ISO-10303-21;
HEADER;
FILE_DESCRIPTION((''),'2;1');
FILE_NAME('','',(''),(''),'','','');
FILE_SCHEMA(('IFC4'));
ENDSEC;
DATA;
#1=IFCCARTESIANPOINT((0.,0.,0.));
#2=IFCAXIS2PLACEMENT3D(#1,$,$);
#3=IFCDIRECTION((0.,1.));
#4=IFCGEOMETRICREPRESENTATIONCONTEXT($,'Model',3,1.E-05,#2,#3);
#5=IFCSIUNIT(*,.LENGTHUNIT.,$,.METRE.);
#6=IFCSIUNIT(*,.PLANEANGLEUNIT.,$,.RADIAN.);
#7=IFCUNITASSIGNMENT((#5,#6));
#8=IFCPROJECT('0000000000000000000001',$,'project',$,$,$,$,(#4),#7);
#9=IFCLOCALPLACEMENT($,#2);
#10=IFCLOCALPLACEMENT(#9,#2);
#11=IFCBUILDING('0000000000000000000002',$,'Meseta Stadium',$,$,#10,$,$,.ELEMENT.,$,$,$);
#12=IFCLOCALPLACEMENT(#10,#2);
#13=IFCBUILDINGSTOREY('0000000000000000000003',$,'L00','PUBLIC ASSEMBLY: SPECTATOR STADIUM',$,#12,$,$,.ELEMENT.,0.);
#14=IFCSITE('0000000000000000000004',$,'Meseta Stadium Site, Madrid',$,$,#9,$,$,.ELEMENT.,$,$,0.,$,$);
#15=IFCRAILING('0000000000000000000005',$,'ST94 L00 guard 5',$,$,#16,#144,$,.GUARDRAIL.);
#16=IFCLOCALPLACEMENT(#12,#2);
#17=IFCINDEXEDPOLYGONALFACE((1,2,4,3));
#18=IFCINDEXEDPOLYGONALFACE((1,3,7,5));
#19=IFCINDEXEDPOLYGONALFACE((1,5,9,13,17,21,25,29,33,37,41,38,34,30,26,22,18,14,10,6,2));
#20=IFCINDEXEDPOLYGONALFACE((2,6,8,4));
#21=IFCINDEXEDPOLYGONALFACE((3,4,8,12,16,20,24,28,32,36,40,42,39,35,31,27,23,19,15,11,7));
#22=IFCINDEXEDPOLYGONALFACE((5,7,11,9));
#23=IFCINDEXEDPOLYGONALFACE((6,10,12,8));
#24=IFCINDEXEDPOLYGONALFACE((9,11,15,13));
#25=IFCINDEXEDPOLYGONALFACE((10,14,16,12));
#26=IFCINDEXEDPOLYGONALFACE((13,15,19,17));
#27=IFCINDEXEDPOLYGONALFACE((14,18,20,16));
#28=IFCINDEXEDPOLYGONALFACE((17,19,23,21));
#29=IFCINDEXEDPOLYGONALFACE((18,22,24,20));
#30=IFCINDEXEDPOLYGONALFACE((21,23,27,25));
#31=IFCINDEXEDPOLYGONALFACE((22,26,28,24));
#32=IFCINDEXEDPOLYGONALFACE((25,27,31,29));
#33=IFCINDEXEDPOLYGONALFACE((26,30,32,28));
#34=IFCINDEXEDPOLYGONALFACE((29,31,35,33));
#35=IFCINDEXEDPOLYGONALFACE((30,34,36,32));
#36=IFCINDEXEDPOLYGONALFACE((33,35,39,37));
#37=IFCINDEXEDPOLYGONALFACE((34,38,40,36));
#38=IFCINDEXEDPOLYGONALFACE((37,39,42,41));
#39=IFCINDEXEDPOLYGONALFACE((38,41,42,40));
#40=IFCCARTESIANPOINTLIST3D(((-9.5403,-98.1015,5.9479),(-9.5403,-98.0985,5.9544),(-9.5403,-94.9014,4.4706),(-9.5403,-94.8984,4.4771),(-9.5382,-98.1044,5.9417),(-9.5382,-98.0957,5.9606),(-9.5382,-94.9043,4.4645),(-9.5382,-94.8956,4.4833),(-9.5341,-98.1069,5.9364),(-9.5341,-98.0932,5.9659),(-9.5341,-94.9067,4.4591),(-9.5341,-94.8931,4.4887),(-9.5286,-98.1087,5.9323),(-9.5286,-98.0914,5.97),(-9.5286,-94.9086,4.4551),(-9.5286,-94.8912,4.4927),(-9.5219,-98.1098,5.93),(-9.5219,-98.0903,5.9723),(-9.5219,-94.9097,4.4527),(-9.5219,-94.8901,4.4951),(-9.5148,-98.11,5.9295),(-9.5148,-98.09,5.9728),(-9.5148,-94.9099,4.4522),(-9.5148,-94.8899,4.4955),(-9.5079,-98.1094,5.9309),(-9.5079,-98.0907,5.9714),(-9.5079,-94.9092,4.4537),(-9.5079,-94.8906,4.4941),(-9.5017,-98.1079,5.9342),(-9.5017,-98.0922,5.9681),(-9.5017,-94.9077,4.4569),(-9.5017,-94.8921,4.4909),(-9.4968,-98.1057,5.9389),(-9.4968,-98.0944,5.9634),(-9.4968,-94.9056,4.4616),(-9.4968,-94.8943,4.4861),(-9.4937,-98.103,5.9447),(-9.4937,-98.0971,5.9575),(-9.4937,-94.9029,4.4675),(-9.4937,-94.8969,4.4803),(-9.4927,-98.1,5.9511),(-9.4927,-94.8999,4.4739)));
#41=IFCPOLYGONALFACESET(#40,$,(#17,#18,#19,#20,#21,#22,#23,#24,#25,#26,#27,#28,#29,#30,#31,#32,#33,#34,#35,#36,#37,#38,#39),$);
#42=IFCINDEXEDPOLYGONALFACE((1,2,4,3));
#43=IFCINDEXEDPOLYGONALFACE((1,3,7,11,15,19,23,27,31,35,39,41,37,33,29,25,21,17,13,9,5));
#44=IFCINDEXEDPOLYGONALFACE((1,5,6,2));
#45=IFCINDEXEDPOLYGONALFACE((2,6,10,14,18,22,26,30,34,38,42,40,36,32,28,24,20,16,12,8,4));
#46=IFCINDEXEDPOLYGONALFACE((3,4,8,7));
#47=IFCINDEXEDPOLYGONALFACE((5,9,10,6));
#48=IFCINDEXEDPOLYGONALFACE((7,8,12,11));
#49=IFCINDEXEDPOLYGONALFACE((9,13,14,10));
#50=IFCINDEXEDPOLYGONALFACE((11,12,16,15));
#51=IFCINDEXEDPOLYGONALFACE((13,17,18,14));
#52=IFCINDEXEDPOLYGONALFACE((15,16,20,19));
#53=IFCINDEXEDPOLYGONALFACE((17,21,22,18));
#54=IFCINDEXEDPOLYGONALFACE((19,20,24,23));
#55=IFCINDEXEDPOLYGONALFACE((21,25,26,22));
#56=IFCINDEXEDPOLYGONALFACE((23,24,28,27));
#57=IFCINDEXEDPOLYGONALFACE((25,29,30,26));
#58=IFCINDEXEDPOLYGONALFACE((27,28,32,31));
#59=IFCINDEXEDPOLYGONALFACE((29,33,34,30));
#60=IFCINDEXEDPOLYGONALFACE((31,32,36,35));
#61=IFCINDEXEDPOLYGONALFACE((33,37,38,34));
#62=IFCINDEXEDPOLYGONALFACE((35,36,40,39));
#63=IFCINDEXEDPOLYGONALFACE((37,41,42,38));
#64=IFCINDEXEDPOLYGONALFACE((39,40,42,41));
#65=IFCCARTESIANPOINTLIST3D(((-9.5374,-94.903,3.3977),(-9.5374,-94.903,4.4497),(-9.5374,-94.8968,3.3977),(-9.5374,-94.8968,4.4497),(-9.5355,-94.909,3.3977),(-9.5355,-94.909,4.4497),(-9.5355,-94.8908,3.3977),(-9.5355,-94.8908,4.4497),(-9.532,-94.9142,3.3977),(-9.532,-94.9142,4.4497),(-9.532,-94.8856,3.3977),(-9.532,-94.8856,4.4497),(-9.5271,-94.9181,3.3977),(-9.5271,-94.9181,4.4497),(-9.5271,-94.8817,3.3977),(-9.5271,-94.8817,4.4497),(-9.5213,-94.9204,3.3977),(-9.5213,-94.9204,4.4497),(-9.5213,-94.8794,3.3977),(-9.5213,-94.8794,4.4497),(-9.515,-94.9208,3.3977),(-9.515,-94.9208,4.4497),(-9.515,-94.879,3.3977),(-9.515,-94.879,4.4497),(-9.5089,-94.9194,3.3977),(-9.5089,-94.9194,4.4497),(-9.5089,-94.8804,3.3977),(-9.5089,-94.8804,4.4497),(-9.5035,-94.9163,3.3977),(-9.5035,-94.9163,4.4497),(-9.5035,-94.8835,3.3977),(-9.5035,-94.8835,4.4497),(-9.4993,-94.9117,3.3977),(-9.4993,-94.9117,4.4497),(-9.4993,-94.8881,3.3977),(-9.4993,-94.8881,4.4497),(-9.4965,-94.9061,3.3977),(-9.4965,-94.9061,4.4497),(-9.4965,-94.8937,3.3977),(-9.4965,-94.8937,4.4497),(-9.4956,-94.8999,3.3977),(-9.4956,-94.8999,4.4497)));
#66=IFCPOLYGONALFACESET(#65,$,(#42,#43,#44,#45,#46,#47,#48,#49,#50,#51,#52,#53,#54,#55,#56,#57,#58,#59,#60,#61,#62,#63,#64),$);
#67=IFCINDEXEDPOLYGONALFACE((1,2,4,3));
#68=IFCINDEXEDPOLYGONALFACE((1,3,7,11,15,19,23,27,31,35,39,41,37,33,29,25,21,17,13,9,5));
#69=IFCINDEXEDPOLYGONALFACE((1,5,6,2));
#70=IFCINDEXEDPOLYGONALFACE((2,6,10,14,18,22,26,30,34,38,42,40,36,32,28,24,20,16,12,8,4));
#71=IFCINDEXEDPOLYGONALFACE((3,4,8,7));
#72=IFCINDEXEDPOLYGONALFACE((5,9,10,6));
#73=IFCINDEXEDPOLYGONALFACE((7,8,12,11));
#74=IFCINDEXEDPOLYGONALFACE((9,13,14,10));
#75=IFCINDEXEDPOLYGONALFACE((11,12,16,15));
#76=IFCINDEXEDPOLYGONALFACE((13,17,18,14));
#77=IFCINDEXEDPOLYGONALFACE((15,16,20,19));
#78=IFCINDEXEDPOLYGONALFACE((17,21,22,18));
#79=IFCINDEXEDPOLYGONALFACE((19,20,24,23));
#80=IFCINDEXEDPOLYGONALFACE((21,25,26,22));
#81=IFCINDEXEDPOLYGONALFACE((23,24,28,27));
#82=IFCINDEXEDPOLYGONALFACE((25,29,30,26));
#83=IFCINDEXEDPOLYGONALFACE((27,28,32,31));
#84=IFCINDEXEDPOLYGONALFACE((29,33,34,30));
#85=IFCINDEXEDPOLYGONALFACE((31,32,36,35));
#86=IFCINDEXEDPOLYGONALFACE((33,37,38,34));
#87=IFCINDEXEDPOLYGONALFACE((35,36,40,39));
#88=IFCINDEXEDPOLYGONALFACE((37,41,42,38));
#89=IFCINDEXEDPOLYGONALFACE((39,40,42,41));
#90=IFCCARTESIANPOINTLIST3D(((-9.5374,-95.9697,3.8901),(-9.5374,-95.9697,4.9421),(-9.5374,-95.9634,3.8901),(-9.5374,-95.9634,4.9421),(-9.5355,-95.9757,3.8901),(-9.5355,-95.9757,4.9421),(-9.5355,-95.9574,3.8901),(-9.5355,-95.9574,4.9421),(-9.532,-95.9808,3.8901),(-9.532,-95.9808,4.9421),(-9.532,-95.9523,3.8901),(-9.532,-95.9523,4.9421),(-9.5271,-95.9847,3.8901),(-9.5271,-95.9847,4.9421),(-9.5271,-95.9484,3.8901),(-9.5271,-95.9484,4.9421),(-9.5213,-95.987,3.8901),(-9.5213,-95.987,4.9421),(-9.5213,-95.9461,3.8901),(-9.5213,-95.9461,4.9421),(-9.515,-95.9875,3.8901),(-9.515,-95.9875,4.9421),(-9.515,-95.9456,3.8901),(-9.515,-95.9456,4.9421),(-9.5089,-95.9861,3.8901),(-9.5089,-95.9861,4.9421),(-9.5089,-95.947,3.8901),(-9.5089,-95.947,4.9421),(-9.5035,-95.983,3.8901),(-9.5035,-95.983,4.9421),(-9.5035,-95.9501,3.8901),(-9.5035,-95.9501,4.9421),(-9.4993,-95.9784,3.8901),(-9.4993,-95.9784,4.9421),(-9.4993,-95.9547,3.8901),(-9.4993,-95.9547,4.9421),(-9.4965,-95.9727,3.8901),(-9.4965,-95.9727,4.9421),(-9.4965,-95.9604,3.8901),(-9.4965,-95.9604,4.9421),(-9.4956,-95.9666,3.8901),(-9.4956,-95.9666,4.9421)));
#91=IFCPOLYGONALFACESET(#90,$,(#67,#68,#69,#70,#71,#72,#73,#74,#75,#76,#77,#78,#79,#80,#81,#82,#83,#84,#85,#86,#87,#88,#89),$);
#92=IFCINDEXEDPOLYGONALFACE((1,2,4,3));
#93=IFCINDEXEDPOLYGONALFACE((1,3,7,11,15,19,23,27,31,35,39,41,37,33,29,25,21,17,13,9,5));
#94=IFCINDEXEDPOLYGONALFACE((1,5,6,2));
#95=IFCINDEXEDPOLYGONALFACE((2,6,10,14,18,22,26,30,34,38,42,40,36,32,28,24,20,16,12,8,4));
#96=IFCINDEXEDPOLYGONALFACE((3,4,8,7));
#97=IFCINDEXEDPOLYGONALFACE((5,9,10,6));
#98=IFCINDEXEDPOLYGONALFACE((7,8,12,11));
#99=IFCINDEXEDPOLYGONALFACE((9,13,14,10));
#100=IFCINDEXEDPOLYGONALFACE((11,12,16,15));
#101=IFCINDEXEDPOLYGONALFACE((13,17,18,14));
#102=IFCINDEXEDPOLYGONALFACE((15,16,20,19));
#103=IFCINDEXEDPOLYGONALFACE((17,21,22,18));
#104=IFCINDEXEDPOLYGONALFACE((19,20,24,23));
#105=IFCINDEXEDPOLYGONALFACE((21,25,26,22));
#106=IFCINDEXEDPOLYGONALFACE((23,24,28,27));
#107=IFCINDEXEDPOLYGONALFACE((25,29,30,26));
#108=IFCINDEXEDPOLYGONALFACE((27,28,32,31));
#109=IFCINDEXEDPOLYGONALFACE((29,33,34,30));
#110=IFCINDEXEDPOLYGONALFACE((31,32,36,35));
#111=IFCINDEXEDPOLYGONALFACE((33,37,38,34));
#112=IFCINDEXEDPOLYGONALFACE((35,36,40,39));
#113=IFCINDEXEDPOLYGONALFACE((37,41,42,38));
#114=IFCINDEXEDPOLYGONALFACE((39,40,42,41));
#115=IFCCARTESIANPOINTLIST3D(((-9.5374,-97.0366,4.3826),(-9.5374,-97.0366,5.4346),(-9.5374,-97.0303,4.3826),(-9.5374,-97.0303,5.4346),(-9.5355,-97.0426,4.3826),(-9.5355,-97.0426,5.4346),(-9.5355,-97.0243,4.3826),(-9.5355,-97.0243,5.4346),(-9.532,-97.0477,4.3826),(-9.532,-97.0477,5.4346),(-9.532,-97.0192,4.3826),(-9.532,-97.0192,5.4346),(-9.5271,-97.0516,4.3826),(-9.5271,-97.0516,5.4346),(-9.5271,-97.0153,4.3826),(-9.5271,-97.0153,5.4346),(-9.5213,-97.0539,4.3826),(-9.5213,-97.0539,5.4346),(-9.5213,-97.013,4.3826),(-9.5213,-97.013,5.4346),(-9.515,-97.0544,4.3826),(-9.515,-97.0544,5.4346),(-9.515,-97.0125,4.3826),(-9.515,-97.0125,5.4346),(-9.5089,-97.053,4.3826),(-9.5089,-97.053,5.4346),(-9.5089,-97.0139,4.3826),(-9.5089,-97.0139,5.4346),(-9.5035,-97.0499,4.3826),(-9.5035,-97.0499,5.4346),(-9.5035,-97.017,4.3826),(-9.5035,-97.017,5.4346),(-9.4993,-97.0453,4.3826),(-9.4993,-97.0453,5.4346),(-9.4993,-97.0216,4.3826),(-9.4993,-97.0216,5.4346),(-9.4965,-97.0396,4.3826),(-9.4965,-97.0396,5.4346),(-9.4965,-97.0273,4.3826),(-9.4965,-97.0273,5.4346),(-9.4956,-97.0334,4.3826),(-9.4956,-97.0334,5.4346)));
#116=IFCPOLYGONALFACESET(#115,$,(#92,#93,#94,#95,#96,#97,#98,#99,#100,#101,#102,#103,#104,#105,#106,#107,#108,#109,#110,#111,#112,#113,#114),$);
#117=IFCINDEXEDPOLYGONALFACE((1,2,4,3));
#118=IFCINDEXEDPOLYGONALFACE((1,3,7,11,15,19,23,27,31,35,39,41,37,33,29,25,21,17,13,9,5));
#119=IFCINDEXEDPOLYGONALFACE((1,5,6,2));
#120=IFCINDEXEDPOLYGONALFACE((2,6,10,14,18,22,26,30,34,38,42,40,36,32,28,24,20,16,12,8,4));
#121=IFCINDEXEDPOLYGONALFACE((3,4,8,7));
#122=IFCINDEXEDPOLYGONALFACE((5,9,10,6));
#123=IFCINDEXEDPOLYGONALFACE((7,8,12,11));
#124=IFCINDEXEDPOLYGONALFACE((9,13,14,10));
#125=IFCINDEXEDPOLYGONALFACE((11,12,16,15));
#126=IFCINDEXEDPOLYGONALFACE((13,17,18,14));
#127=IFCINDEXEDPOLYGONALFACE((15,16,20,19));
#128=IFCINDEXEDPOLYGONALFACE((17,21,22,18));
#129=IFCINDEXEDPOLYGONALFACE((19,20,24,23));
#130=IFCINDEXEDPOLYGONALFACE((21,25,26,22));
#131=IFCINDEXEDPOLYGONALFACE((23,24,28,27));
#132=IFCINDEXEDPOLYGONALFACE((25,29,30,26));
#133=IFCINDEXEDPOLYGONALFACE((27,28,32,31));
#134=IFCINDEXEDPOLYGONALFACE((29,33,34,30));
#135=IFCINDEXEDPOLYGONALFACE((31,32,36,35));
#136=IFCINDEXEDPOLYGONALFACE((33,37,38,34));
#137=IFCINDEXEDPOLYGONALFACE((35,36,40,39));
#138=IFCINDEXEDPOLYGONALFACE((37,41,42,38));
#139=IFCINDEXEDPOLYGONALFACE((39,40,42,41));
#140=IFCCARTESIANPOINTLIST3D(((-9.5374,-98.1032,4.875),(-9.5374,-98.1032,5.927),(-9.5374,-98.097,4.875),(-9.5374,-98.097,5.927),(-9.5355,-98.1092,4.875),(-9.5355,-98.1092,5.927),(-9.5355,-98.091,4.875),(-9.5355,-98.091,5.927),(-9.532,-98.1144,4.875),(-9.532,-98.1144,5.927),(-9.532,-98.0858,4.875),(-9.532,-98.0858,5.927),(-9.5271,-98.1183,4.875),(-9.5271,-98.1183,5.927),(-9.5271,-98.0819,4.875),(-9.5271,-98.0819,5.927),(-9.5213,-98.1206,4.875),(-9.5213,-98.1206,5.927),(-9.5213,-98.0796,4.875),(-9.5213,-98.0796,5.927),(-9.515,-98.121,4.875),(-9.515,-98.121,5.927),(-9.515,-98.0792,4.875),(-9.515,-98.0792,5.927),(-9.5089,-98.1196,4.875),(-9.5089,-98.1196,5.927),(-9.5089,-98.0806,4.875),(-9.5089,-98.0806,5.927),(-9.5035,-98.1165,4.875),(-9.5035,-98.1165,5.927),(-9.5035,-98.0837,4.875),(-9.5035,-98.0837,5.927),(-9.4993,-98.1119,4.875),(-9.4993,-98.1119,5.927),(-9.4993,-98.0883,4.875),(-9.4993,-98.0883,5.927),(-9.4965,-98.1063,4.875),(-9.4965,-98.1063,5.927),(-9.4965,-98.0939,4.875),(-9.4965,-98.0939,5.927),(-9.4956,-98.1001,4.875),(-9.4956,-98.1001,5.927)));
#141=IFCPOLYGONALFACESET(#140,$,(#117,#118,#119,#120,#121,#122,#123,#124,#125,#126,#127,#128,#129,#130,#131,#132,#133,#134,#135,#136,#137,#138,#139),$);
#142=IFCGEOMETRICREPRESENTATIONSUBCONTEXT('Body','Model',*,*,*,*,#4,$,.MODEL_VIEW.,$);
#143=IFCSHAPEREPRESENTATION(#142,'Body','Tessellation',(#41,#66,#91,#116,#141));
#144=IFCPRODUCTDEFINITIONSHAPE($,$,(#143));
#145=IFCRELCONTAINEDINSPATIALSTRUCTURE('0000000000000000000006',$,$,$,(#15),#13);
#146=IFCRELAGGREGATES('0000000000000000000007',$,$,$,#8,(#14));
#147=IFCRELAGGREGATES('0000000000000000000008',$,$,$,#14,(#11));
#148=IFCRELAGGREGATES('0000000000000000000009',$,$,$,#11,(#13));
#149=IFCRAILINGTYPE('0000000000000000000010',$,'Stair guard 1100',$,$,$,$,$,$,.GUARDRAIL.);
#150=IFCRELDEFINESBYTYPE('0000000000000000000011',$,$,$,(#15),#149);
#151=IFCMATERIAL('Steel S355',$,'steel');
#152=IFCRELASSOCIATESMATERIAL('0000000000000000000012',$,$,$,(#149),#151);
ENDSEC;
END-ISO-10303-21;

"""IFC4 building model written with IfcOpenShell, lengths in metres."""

from ifc_helpers import new_model, si_unit, direction, frame, origin, origin_2d, place, context, subcontext, project, spatial, circle, extrude, material, type_object, element, save


model = new_model("IFC4")

# Units and contexts
model_context = context("Model", 3, precision=1e-05, world=origin(), true_north=direction((0.0, 1.0)))
body_context = subcontext(model_context, "Body", "Model", "MODEL_VIEW")
ifc_project = project(units=[si_unit("LENGTHUNIT", "METRE"), si_unit("PLANEANGLEUNIT", "RADIAN")], contexts=[model_context])

# Site, building, storey
site_placement = place(None, origin())
site = spatial("IfcSite", under=ifc_project, at=site_placement, Name="Meseta Stadium Site, Madrid", CompositionType="ELEMENT", RefElevation=0.0)
building_placement = place(site_placement, origin())
building = spatial("IfcBuilding", under=site, at=building_placement, Name="Meseta Stadium", CompositionType="ELEMENT")
storey_placement = place(building_placement, origin())
storey = spatial("IfcBuildingStorey", under=building, at=storey_placement, Name="L00", Description="PUBLIC ASSEMBLY: SPECTATOR STADIUM", CompositionType="ELEMENT", Elevation=0.0)

# Railing
ifc_material_1 = material(Name="Steel S355", Category="steel")
railing_type_1 = type_object("IfcRailingType", Name="Stair guard 1100", PredefinedType="GUARDRAIL", material=ifc_material_1)
railing_1_placement = place(storey_placement, frame((-9.5166, -94.8999, 3.3977)))
element("IfcRailing", 1, at=railing_1_placement, inside=storey, type_object=railing_type_1, Name="ST94 L00 guard 5", PredefinedType="GUARDRAIL", context=body_context, shape_type="SweptSolid", body=[
    extrude(circle(Radius=0.0239, at=origin_2d()), frame((0.0, 0.0, 1.0762), z_axis=(0.0, -0.907929, 0.419124), x_axis=(1.0, 0.0, 0.0)), (0.0, 0.0, 1.0), 3.5247),
    extrude(circle(Radius=0.021, at=origin_2d()), origin(), (0.0, 0.0, 1.0), 1.052),
    extrude(circle(Radius=0.021, at=origin_2d()), frame((0.0, -1.0667, 0.4924)), (0.0, 0.0, 1.0), 1.052),
    extrude(circle(Radius=0.021, at=origin_2d()), frame((0.0, -2.1335, 0.9849)), (0.0, 0.0, 1.0), 1.052),
    extrude(circle(Radius=0.021, at=origin_2d()), frame((0.0, -3.2002, 1.4773)), (0.0, 0.0, 1.0), 1.052),
])

save(model, "model.ifc")
